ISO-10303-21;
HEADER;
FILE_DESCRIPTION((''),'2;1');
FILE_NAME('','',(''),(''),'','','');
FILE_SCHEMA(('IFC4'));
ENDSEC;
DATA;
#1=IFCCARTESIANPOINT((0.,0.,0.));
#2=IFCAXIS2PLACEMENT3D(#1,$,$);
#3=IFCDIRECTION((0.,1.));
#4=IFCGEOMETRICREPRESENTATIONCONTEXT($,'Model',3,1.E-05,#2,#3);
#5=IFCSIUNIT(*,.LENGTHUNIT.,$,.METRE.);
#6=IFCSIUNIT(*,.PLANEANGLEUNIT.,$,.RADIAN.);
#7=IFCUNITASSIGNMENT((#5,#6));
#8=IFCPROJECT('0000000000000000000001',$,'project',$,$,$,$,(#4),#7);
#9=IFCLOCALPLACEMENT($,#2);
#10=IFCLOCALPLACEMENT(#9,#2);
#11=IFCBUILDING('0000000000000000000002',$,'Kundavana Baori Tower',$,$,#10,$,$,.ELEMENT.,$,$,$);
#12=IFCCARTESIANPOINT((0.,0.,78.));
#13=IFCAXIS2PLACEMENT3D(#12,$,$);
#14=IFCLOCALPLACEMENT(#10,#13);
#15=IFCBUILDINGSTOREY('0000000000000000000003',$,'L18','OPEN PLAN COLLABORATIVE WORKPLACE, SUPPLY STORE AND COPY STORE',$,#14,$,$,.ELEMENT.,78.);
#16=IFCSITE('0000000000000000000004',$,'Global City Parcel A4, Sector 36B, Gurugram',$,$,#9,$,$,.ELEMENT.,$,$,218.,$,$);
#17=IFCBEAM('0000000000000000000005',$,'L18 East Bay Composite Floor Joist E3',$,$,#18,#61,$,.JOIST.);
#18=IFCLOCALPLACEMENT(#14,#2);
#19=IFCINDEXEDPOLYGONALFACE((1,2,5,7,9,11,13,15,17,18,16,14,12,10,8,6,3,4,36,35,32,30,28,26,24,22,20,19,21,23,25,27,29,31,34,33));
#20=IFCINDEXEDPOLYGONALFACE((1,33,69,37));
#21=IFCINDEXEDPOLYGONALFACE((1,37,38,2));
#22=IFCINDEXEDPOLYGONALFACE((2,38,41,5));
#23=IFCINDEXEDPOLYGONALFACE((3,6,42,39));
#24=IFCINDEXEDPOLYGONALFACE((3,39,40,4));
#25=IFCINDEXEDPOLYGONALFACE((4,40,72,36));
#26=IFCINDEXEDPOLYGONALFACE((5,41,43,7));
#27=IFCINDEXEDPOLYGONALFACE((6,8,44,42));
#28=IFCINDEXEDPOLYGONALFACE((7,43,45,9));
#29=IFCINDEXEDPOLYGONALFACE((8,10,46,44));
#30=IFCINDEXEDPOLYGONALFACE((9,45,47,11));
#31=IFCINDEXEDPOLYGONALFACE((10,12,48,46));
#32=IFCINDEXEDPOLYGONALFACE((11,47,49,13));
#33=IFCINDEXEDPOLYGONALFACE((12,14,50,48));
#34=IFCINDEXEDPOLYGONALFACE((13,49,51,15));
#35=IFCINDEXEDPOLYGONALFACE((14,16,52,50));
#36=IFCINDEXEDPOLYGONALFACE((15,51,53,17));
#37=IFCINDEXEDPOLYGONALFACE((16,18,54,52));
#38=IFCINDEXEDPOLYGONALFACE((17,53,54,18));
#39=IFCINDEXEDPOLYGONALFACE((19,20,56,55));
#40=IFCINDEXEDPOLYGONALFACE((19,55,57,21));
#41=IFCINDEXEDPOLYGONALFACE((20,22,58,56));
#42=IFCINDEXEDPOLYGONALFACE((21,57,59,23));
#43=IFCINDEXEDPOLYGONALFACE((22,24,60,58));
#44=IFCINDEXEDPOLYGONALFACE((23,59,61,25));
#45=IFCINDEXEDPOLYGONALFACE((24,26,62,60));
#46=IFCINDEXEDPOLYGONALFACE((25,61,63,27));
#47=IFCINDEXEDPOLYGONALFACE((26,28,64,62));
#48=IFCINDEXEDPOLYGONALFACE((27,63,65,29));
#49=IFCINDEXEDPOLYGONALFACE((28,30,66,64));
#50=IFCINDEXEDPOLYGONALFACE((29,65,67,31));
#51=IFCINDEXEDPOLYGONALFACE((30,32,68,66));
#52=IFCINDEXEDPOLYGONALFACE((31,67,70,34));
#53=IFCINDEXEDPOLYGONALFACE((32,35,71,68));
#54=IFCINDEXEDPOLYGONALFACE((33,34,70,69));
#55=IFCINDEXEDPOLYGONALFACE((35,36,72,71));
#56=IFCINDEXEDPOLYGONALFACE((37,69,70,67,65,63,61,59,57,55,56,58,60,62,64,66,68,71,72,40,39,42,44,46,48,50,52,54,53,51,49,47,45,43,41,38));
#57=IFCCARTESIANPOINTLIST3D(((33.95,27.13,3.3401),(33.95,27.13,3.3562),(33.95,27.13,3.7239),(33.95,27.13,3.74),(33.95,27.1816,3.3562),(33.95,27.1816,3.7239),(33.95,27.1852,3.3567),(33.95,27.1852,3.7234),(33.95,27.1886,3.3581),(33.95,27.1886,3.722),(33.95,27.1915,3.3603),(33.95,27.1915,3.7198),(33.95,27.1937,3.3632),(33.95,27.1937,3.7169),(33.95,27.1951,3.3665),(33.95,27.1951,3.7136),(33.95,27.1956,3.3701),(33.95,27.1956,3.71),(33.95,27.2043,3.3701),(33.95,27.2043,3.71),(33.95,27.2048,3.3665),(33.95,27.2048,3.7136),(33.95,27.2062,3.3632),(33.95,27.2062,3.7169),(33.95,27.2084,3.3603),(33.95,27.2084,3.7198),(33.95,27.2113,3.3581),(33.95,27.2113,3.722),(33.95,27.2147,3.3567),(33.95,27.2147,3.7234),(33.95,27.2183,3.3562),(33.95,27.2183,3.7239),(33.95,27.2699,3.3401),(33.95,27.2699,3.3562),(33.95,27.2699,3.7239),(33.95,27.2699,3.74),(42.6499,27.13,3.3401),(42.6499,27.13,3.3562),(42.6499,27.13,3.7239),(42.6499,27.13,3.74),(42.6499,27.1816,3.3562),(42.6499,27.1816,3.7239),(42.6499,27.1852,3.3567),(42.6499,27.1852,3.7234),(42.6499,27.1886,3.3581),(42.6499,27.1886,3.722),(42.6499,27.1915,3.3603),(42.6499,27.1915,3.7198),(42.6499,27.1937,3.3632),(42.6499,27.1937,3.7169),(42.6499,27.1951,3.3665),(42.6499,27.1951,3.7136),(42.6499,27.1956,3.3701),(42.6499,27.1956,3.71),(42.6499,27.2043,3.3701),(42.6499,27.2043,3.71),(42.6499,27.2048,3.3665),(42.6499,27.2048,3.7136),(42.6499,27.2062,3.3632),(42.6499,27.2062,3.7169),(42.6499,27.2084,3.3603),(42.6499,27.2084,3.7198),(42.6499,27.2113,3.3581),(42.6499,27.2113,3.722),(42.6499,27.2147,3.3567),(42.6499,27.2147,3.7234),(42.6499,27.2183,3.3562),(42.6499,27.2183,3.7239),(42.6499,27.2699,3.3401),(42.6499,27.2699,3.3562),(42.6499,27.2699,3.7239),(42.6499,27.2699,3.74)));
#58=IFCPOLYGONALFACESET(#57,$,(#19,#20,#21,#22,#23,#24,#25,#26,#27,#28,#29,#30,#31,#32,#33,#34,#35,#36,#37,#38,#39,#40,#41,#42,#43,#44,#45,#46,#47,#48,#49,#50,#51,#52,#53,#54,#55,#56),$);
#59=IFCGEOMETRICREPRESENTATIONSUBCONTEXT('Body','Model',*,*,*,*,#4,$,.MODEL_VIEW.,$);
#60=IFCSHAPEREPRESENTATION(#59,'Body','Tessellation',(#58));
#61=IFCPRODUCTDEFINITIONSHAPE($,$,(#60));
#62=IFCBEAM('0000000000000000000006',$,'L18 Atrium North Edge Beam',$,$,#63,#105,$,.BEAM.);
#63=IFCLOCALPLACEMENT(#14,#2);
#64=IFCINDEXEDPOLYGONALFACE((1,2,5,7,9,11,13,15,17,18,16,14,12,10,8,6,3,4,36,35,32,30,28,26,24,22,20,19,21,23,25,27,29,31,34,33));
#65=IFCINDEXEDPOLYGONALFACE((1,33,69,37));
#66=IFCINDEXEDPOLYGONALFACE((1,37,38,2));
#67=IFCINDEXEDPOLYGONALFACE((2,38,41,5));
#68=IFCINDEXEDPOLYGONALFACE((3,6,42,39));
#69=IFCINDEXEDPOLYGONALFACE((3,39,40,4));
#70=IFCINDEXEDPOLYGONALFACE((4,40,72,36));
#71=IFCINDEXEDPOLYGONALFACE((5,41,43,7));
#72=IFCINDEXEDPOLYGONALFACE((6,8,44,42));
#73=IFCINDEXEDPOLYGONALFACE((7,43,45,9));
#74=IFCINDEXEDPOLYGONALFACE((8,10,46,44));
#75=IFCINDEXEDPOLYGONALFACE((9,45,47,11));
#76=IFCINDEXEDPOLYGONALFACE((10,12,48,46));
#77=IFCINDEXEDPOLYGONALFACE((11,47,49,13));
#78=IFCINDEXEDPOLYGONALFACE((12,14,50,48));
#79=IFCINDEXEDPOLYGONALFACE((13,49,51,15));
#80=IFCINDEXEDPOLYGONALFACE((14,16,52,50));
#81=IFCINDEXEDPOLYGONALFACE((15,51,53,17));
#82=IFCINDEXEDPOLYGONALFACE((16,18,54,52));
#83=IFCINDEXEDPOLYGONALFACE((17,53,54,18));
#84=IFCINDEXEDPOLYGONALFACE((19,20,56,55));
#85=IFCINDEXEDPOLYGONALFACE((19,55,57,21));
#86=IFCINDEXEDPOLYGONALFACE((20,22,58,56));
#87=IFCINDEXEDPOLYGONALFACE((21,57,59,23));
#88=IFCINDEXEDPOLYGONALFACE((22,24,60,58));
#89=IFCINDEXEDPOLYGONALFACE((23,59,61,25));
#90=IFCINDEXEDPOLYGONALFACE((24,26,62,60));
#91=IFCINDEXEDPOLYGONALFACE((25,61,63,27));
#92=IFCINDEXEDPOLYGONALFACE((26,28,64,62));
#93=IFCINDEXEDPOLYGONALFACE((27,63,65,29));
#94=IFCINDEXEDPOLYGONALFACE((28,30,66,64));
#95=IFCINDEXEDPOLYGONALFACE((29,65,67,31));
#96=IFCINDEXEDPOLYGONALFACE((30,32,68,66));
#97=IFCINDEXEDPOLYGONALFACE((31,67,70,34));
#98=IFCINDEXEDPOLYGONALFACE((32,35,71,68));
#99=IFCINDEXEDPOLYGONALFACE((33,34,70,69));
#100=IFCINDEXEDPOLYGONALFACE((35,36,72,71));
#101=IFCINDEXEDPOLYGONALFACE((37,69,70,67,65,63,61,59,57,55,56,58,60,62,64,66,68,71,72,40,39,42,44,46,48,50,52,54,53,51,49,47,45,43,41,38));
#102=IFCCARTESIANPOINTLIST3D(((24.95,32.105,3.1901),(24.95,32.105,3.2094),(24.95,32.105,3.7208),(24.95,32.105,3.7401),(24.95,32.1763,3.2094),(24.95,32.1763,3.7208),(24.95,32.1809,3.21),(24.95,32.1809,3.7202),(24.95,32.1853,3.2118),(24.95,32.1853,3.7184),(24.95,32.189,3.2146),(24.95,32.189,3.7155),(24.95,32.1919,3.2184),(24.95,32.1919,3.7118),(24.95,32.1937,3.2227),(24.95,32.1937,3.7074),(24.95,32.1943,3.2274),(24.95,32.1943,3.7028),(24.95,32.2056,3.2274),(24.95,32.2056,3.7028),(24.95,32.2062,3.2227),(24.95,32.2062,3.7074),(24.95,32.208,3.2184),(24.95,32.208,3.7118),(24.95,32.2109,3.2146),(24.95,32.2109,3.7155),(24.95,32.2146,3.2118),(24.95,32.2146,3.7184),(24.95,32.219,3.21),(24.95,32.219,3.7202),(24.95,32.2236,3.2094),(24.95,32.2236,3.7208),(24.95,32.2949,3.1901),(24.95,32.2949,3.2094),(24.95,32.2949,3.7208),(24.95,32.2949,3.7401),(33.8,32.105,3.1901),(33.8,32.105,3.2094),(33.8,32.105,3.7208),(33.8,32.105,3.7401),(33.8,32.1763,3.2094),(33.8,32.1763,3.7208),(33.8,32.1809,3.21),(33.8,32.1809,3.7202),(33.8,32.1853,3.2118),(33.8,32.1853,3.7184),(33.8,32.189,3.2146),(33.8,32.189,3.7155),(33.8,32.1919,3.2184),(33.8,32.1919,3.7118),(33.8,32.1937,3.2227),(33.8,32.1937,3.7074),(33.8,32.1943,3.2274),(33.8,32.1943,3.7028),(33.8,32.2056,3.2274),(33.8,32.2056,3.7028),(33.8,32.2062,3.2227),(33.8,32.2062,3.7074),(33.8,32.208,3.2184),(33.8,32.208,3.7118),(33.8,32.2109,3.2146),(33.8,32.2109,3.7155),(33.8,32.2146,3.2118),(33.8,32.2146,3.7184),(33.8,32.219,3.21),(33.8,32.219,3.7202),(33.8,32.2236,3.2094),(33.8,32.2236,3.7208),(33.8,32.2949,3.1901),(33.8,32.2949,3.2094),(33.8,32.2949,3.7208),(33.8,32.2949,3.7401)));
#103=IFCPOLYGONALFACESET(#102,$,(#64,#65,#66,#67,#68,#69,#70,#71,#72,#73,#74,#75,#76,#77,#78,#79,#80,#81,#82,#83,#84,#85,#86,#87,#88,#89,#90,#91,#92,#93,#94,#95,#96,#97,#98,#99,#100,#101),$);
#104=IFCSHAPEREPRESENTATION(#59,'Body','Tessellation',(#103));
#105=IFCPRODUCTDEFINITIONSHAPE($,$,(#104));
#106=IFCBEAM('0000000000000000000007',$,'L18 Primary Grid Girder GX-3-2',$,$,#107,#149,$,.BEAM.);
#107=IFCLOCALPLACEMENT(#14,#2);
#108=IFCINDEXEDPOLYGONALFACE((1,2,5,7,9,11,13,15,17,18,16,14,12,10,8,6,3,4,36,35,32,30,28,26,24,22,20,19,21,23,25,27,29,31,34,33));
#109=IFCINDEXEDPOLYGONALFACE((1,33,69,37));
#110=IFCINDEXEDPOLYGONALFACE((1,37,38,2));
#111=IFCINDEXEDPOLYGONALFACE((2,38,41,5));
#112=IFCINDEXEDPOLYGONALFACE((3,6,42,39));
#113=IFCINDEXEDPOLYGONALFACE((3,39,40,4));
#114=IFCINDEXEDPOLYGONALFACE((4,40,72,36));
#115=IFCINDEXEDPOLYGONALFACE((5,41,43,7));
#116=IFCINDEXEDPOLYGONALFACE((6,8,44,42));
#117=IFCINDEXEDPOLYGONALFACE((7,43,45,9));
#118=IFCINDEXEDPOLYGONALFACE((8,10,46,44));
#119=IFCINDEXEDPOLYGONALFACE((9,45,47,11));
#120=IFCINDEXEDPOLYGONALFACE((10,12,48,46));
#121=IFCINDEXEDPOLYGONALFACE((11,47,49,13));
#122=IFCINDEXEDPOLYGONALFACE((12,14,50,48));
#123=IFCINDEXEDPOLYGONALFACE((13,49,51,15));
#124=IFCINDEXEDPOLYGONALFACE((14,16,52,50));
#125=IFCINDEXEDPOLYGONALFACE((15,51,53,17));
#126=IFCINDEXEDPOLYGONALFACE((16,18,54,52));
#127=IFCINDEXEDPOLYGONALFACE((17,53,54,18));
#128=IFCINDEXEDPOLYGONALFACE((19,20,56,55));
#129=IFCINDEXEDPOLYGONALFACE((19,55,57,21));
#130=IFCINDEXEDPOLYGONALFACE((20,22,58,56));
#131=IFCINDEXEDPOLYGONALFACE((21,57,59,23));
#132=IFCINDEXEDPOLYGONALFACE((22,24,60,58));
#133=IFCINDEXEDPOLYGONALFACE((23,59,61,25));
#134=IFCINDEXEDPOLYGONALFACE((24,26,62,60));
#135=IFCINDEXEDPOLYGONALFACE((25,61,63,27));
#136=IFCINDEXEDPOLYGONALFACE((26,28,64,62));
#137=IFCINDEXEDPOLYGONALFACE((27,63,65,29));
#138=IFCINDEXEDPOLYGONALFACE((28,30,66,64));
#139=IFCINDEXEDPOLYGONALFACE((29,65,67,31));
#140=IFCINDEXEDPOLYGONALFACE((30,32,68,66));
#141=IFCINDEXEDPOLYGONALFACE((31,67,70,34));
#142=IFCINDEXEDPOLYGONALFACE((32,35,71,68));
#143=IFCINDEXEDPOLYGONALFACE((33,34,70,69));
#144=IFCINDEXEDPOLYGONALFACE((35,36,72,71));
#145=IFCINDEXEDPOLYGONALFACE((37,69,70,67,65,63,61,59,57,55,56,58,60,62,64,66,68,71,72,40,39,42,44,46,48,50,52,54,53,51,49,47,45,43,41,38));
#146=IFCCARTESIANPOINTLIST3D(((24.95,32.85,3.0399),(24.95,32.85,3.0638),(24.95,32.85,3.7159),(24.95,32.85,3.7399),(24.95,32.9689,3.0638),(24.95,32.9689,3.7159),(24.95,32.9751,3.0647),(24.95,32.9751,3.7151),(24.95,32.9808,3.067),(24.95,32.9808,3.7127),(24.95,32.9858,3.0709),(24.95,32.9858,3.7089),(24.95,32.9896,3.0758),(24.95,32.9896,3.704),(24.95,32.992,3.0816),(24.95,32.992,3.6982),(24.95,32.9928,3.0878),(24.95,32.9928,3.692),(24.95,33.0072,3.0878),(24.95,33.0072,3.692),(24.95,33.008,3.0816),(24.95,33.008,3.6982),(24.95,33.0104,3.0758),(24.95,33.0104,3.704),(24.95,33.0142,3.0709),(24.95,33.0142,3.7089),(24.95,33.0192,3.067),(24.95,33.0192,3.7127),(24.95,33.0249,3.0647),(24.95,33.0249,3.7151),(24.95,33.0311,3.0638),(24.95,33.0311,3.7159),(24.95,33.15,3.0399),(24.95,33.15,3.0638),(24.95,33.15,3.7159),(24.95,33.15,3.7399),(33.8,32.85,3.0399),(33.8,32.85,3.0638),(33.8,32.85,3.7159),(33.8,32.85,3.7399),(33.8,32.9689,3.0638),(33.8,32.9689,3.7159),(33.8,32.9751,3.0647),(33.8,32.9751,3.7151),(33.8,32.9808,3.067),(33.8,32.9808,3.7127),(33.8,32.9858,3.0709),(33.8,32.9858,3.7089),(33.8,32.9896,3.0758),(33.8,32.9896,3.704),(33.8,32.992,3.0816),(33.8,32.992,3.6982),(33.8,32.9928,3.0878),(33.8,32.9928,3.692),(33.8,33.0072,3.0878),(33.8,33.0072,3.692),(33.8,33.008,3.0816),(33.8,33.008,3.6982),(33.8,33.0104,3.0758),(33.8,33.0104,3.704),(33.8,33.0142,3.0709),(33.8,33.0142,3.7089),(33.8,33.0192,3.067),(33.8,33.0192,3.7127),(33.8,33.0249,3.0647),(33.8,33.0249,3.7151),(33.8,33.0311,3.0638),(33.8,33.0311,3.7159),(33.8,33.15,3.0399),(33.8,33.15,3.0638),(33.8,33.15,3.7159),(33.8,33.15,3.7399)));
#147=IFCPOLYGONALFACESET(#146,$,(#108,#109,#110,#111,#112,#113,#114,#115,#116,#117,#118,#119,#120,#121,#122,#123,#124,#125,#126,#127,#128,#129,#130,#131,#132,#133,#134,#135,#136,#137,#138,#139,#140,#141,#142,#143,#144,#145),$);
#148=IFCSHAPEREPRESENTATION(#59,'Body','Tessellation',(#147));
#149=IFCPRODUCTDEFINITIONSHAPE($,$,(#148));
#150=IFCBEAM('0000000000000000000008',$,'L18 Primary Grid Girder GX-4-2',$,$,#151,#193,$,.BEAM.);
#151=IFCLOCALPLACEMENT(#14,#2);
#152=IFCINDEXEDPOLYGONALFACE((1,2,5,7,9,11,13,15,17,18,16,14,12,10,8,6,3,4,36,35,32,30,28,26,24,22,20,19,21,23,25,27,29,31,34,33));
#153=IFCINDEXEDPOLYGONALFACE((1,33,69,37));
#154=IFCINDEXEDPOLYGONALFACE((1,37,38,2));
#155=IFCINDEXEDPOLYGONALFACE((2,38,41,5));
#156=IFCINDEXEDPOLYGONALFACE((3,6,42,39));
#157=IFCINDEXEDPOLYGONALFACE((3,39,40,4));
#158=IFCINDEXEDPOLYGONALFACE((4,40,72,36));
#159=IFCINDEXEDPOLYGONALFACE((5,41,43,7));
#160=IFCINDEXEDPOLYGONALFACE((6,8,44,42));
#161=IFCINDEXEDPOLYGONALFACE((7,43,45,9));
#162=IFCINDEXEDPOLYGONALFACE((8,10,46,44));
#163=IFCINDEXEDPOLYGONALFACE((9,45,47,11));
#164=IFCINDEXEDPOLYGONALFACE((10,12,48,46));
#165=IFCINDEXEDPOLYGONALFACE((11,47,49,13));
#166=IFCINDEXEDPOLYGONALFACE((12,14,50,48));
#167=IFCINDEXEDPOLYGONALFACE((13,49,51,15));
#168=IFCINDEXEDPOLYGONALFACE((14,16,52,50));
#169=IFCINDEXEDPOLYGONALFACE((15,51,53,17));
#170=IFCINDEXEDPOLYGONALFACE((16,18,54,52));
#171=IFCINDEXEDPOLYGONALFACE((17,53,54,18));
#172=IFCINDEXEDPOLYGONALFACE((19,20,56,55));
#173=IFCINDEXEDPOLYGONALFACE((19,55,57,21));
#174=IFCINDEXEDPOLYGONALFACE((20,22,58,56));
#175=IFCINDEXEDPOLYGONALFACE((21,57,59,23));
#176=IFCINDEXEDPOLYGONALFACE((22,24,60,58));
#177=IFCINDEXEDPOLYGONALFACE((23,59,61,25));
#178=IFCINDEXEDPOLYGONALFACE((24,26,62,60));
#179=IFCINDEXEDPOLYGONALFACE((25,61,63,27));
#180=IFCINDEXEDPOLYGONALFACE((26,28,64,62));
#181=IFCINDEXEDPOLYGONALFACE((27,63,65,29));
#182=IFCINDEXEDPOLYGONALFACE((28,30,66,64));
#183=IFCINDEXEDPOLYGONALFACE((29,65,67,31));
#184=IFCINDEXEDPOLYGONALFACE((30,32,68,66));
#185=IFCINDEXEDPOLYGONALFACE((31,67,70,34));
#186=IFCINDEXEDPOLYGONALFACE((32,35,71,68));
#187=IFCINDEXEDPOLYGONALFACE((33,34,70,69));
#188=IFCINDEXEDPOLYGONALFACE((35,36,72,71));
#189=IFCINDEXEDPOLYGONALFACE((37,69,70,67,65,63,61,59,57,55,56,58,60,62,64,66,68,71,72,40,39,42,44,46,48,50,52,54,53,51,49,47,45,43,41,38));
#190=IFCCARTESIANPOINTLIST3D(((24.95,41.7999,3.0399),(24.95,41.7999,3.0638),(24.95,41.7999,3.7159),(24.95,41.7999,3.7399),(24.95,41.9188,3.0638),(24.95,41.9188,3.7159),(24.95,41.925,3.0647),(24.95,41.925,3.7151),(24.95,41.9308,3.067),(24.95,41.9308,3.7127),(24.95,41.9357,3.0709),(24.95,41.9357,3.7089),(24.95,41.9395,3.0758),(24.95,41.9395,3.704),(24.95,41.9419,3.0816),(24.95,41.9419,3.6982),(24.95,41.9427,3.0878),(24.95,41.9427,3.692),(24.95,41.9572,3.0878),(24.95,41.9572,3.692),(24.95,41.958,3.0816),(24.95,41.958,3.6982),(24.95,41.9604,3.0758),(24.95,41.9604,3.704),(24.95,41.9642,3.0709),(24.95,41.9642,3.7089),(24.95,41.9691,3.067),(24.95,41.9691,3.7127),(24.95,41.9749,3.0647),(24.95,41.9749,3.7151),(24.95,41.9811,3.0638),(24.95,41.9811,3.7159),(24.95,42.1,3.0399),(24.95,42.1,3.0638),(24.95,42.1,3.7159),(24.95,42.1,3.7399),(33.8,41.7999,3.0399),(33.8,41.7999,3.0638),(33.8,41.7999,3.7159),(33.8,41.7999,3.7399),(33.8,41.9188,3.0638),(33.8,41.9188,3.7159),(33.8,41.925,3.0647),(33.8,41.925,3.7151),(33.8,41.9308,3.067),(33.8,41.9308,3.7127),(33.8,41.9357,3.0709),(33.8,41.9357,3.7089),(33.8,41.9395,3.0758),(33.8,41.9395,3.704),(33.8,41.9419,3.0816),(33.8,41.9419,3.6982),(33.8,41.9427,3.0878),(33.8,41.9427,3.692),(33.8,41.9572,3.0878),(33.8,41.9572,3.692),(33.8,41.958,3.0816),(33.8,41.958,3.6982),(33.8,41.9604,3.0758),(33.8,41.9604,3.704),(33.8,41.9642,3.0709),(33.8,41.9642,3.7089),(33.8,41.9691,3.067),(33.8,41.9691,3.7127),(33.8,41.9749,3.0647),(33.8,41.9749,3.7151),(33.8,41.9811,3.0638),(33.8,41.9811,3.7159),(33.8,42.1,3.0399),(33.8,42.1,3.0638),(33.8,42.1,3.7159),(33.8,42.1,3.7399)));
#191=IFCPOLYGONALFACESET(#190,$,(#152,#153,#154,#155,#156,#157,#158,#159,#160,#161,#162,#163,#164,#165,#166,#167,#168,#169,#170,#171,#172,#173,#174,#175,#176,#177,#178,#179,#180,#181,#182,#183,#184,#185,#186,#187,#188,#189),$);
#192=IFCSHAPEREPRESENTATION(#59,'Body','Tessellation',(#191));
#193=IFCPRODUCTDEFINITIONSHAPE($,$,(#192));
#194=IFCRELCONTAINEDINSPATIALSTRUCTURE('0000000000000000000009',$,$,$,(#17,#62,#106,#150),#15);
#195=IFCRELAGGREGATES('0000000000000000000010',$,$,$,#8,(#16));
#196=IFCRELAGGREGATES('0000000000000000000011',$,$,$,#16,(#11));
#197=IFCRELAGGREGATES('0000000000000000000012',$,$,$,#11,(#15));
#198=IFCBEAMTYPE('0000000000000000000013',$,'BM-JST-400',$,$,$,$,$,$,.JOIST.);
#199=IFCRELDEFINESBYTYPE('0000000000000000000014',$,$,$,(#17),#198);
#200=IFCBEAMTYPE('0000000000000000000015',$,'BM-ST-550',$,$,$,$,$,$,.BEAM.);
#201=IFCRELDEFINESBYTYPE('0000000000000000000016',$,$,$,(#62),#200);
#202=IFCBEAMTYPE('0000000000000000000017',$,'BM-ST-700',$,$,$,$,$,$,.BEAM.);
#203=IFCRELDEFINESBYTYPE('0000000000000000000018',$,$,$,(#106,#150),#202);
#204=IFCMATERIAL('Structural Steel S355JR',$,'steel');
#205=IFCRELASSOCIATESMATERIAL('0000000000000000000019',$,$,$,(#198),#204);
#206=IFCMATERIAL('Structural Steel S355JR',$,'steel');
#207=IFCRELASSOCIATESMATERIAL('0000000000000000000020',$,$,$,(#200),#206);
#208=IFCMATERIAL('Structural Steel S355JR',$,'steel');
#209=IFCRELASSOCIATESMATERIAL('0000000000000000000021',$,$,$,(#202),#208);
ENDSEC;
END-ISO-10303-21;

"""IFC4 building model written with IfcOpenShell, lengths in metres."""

from ifc_helpers import new_model, si_unit, direction, frame, origin, origin_2d, place, context, subcontext, project, spatial, i_section, extrude, material, material_profile, profile_set, type_object, element, save


model = new_model("IFC4")

# Units and contexts
model_context = context("Model", 3, precision=1e-05, world=origin(), true_north=direction((0.0, 1.0)))
body_context = subcontext(model_context, "Body", "Model", "MODEL_VIEW")
ifc_project = project(units=[si_unit("LENGTHUNIT", "METRE"), si_unit("PLANEANGLEUNIT", "RADIAN")], contexts=[model_context])

# Site, building, storey
site_placement = place(None, origin())
site = spatial("IfcSite", under=ifc_project, at=site_placement, Name="Global City Parcel A4, Sector 36B, Gurugram", CompositionType="ELEMENT", RefElevation=218.0)
building_placement = place(site_placement, origin())
building = spatial("IfcBuilding", under=site, at=building_placement, Name="Kundavana Baori Tower", CompositionType="ELEMENT")
storey_placement = place(building_placement, frame((0.0, 0.0, 78.0)))
storey = spatial("IfcBuildingStorey", under=building, at=storey_placement, Name="L18", Description="OPEN PLAN COLLABORATIVE WORKPLACE, SUPPLY STORE AND COPY STORE", CompositionType="ELEMENT", Elevation=78.0)

# Beams
ifc_material_1 = material(Name="Structural Steel S355JR", Category="steel")
ifc_material_profile_1 = material_profile(ifc_material_1, i_section(OverallWidth=0.1399, OverallDepth=0.3999, WebThickness=0.0088, FlangeThickness=0.0161, FilletRadius=0.0139, at=origin_2d()), Name="ISMB 400")
ifc_profile_set_1 = profile_set([ifc_material_profile_1], Name="Structural Steel S355JR")
beam_type_1 = type_object("IfcBeamType", Name="BM-JST-400", PredefinedType="JOIST", material=ifc_profile_set_1)
beam_1_placement = place(storey_placement, frame((33.95, 27.2, 3.54), z_axis=(1.0, 0.0, 0.0), x_axis=(0.0, 1.0, 0.0)))
element("IfcBeam", 1, at=beam_1_placement, inside=storey, type_object=beam_type_1, Name="L18 East Bay Composite Floor Joist E3", PredefinedType="JOIST", context=body_context, shape_type="SweptSolid", body=[
    extrude(i_section(OverallWidth=0.1399, OverallDepth=0.3999, WebThickness=0.0088, FlangeThickness=0.0161, FilletRadius=0.0139, at=origin_2d()), origin(), (0.0, 0.0, 1.0), 8.7),
])
ifc_material_2 = material(Name="Structural Steel S355JR", Category="steel")
ifc_material_profile_2 = material_profile(ifc_material_2, i_section(OverallWidth=0.1899, OverallDepth=0.55, WebThickness=0.0112, FlangeThickness=0.0193, FilletRadius=0.0181, at=origin_2d()), Name="ISMB 550")
ifc_profile_set_2 = profile_set([ifc_material_profile_2], Name="Structural Steel S355JR")
beam_type_2 = type_object("IfcBeamType", Name="BM-ST-550", PredefinedType="BEAM", material=ifc_profile_set_2)
beam_2_placement = place(storey_placement, frame((24.95, 32.2, 3.4651), z_axis=(1.0, 0.0, 0.0), x_axis=(0.0, 1.0, 0.0)))
element("IfcBeam", 2, at=beam_2_placement, inside=storey, type_object=beam_type_2, Name="L18 Atrium North Edge Beam", PredefinedType="BEAM", context=body_context, shape_type="SweptSolid", body=[
    extrude(i_section(OverallWidth=0.1899, OverallDepth=0.55, WebThickness=0.0112, FlangeThickness=0.0193, FilletRadius=0.0181, at=origin_2d()), origin(), (0.0, 0.0, 1.0), 8.8501),
])
ifc_material_3 = material(Name="Structural Steel S355JR", Category="steel")
ifc_material_profile_3 = material_profile(ifc_material_3, i_section(OverallWidth=0.3, OverallDepth=0.7, WebThickness=0.0144, FlangeThickness=0.0239, FilletRadius=0.0239, at=origin_2d()), Name="NPB 700x300x170")
ifc_profile_set_3 = profile_set([ifc_material_profile_3], Name="Structural Steel S355JR")
beam_type_3 = type_object("IfcBeamType", Name="BM-ST-700", PredefinedType="BEAM", material=ifc_profile_set_3)
for number, where, z_axis, x_axis, name in (
    (3, (24.95, 33.0, 3.3899), (1.0, 0.0, 0.0), (0.0, 1.0, 0.0), "L18 Primary Grid Girder GX-3-2"),
    (4, (24.95, 41.95, 3.3899), (1.0, 0.0, 0.0), (0.0, 1.0, 0.0), "L18 Primary Grid Girder GX-4-2"),
):
    element("IfcBeam", number, at=place(storey_placement, frame(where, z_axis=z_axis, x_axis=x_axis)), inside=storey, type_object=beam_type_3, Name=name, PredefinedType="BEAM", context=body_context, shape_type="SweptSolid", body=[
        extrude(i_section(OverallWidth=0.3, OverallDepth=0.7, WebThickness=0.0144, FlangeThickness=0.0239, FilletRadius=0.0239, at=origin_2d()), origin(), (0.0, 0.0, 1.0), 8.8501),
    ])

save(model, "model.ifc")
